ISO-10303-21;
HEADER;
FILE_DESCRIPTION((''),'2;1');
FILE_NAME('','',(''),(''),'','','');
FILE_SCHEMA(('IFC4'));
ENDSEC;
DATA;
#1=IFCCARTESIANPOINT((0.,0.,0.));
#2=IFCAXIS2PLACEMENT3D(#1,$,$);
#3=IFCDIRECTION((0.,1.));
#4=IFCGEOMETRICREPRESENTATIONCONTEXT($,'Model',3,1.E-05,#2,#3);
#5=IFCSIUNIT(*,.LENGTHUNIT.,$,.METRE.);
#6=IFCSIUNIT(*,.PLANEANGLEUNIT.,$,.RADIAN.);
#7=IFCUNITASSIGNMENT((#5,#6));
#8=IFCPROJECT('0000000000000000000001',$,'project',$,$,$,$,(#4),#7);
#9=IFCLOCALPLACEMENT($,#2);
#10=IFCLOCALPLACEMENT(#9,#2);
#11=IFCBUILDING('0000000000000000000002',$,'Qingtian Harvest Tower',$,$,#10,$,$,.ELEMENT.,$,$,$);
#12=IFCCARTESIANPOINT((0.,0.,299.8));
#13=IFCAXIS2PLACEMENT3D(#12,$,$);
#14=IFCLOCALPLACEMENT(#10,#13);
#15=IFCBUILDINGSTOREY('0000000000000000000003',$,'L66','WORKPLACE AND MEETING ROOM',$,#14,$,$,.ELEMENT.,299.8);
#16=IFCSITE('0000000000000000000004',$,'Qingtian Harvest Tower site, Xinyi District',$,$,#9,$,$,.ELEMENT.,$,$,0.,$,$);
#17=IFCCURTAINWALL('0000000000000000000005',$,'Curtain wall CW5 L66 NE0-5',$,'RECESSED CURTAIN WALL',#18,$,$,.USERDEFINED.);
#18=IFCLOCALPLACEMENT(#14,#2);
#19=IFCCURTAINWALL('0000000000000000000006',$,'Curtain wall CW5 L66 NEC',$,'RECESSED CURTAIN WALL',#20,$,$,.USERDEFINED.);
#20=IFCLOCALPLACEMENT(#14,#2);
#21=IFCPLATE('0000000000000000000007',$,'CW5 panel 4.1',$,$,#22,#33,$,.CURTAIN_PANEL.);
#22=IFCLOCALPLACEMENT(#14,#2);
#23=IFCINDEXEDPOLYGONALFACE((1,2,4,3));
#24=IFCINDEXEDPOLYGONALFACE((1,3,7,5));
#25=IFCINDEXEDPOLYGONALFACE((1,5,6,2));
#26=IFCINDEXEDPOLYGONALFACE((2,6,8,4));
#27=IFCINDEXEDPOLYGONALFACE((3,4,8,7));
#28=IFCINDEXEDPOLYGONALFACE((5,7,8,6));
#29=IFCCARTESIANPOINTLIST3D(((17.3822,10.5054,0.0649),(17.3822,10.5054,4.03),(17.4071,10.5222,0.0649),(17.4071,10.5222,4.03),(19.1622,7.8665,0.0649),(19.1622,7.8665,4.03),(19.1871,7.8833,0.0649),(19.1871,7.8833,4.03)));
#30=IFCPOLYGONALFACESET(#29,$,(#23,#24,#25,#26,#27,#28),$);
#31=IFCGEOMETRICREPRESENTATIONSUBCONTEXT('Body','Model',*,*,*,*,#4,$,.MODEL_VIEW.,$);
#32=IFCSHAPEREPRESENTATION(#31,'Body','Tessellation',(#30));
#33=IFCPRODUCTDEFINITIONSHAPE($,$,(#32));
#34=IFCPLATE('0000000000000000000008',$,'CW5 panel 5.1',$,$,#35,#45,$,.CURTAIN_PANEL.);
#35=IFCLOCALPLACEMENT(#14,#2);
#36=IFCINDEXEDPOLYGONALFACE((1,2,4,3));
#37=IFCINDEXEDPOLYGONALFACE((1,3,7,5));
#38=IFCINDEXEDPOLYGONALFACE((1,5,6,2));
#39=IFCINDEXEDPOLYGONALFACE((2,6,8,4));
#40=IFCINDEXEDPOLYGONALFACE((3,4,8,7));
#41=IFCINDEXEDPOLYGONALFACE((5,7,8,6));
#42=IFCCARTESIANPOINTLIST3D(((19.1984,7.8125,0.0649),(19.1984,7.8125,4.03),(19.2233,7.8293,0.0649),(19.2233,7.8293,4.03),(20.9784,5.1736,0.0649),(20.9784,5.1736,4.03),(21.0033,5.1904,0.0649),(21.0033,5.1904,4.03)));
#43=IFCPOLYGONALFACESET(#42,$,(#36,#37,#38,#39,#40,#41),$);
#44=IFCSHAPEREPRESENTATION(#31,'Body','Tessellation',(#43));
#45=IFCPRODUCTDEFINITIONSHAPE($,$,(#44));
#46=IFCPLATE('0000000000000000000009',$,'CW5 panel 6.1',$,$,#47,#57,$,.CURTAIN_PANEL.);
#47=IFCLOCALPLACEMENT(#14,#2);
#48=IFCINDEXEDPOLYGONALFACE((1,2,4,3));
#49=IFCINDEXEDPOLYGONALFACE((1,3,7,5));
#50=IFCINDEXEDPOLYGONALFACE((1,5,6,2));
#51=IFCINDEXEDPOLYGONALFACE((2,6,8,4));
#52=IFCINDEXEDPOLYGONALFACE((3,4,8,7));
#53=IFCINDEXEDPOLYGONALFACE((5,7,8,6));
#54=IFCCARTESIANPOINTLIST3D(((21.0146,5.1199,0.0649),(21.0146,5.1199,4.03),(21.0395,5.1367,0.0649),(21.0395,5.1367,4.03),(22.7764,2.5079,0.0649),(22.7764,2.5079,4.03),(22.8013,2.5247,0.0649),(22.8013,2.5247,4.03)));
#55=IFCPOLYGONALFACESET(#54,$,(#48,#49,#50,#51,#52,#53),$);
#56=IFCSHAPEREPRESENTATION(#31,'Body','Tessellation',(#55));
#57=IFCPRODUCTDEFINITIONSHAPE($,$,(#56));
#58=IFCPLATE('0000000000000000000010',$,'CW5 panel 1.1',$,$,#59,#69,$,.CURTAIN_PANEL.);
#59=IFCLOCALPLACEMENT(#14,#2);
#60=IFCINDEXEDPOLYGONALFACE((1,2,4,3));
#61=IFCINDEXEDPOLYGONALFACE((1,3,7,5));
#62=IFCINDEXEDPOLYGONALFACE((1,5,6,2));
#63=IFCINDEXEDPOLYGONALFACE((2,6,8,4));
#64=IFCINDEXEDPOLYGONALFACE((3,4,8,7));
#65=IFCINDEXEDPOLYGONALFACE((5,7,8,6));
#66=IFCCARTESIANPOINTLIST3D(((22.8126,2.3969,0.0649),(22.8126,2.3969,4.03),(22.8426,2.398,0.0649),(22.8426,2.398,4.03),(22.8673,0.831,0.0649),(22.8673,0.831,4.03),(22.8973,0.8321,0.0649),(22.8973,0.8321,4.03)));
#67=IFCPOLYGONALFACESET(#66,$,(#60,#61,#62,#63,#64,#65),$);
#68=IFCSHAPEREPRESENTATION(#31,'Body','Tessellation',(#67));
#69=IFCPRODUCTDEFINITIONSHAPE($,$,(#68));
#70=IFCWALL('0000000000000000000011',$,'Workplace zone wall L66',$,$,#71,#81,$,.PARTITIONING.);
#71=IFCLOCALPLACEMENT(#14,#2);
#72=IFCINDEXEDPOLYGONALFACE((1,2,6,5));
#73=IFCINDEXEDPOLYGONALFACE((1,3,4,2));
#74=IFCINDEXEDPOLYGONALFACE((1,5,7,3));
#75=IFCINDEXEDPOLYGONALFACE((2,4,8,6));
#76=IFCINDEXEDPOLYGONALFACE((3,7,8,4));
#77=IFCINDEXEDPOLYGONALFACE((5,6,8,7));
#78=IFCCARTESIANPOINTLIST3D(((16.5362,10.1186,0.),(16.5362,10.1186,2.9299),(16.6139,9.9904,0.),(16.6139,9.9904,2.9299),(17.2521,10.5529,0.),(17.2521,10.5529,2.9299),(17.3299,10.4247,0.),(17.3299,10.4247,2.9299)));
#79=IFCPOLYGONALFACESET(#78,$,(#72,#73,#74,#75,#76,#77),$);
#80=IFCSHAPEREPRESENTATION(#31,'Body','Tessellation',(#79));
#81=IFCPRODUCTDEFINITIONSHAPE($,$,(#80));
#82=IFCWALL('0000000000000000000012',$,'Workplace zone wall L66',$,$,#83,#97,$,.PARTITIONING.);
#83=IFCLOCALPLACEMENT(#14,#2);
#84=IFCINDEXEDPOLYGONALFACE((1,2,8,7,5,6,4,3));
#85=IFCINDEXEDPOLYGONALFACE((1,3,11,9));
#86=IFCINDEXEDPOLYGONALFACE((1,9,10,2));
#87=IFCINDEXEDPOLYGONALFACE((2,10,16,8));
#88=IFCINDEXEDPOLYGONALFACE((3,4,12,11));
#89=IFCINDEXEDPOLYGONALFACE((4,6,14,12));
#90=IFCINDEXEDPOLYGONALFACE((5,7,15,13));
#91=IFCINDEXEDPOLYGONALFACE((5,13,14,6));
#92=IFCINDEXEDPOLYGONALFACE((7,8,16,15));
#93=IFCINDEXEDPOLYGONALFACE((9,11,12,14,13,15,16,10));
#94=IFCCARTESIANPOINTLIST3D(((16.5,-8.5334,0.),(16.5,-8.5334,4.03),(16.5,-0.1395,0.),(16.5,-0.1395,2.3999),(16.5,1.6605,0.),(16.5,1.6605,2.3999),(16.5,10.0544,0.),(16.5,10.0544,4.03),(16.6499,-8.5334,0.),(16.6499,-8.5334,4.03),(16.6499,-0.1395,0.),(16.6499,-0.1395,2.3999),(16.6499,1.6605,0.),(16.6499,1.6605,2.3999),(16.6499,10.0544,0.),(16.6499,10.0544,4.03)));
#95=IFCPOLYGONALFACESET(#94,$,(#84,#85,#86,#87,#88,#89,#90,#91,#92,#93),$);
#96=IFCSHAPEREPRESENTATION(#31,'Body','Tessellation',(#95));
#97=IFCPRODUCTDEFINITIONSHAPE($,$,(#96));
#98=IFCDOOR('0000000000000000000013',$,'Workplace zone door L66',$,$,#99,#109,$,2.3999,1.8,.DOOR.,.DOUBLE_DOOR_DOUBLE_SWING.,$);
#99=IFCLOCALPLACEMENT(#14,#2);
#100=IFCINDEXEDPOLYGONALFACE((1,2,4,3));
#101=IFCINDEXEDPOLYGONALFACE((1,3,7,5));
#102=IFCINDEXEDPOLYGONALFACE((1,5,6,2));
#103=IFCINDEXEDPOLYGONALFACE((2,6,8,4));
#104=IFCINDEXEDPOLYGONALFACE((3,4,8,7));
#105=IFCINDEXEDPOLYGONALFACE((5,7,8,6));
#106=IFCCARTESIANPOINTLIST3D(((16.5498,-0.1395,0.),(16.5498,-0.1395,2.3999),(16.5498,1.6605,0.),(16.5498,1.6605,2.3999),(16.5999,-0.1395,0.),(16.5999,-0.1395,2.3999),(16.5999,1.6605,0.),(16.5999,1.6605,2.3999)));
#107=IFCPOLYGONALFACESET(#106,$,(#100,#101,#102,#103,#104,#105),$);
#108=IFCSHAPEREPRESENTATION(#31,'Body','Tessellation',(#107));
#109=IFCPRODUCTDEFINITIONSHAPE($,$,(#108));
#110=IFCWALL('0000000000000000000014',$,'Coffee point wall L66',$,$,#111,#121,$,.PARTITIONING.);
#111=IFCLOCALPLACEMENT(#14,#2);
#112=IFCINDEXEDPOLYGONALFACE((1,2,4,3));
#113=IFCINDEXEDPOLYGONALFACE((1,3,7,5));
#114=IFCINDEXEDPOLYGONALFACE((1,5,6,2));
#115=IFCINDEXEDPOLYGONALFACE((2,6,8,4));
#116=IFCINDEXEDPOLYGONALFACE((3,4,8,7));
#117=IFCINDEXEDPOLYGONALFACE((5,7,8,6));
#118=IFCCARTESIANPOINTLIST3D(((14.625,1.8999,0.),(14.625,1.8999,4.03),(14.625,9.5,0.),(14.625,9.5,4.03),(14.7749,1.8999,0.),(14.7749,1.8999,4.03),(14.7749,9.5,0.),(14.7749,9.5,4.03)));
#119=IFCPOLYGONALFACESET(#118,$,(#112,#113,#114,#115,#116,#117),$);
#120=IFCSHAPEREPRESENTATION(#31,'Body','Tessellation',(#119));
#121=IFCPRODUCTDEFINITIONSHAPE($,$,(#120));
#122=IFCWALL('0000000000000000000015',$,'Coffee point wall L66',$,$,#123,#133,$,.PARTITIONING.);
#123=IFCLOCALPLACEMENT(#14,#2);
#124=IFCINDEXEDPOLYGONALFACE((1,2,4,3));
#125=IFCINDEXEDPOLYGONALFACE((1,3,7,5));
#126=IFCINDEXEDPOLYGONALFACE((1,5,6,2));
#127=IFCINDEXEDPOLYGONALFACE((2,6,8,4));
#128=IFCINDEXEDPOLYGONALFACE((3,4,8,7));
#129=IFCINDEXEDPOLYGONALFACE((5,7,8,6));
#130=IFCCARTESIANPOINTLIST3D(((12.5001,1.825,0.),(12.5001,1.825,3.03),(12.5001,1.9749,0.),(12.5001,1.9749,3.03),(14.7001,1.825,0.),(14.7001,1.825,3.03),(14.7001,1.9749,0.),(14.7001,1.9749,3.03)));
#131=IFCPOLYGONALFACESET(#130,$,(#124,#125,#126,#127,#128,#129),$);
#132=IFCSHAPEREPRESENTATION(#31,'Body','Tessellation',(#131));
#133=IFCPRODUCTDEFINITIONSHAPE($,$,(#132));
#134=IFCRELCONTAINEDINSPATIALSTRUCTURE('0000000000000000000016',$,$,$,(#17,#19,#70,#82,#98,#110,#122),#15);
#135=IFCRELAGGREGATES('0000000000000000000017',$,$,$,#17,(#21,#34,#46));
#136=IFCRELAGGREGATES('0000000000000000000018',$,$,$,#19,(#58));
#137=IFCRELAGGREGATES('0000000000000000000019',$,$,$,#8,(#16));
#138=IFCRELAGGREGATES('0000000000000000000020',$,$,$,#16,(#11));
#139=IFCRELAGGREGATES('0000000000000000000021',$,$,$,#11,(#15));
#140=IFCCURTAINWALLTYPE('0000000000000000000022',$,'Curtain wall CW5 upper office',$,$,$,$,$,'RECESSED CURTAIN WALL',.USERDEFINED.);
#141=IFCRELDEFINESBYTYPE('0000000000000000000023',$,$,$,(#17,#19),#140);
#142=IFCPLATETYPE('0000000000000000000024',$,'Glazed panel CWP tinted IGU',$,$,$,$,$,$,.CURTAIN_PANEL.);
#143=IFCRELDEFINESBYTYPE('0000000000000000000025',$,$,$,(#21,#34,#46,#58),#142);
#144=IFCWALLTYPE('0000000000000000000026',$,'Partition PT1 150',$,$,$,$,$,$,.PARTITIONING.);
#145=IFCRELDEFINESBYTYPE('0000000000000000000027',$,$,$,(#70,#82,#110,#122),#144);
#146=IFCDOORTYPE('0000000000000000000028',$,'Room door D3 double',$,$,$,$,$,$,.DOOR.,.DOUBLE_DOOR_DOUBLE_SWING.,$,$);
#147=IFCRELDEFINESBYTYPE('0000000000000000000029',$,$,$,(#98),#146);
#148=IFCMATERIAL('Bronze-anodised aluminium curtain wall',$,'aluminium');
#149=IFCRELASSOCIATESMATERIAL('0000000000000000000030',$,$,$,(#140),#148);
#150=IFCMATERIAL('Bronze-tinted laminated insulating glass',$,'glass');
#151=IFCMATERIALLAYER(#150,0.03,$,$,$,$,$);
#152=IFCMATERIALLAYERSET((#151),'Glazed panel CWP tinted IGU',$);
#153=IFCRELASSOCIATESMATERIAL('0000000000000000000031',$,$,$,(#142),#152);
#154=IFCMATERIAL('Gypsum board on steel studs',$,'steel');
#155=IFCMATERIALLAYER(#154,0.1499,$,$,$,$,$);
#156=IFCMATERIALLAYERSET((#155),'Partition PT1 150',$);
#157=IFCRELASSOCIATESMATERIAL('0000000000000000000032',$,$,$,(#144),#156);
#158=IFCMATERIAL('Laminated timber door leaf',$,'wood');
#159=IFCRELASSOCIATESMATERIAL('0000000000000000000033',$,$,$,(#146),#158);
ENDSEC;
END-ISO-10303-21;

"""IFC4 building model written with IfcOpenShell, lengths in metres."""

from ifc_helpers import new_model, si_unit, direction, frame, frame_2d, origin, origin_2d, place, context, subcontext, project, spatial, rectangle, extrude, material, layer, layer_set, type_object, element, fill, aggregate, save


model = new_model("IFC4")

# Units and contexts
model_context = context("Model", 3, precision=1e-05, world=origin(), true_north=direction((0.0, 1.0)))
body_context = subcontext(model_context, "Body", "Model", "MODEL_VIEW")
ifc_project = project(units=[si_unit("LENGTHUNIT", "METRE"), si_unit("PLANEANGLEUNIT", "RADIAN")], contexts=[model_context])

# Site, building, storey
site_placement = place(None, origin())
site = spatial("IfcSite", under=ifc_project, at=site_placement, Name="Qingtian Harvest Tower site, Xinyi District", CompositionType="ELEMENT", RefElevation=0.0)
building_placement = place(site_placement, origin())
building = spatial("IfcBuilding", under=site, at=building_placement, Name="Qingtian Harvest Tower", CompositionType="ELEMENT")
storey_placement = place(building_placement, frame((0.0, 0.0, 299.8)))
storey = spatial("IfcBuildingStorey", under=building, at=storey_placement, Name="L66", Description="WORKPLACE AND MEETING ROOM", CompositionType="ELEMENT", Elevation=299.8)

# Curtain walls
ifc_material_1 = material(Name="Bronze-anodised aluminium curtain wall", Category="aluminium")
curtain_wall_type = type_object("IfcCurtainWallType", Name="Curtain wall CW5 upper office", ElementType="RECESSED CURTAIN WALL", PredefinedType="USERDEFINED", material=ifc_material_1)
curtain_wall_1_placement = place(storey_placement, origin())
curtain_wall_1 = element("IfcCurtainWall", 1, at=curtain_wall_1_placement, inside=storey, type_object=curtain_wall_type, Name="Curtain wall CW5 L66 NE0-5", ObjectType="RECESSED CURTAIN WALL", PredefinedType="USERDEFINED")
curtain_wall_2_placement = place(storey_placement, origin())
curtain_wall_2 = element("IfcCurtainWall", 2, at=curtain_wall_2_placement, inside=storey, type_object=curtain_wall_type, Name="Curtain wall CW5 L66 NEC", ObjectType="RECESSED CURTAIN WALL", PredefinedType="USERDEFINED")

# Plates
ifc_material_2 = material(Name="Bronze-tinted laminated insulating glass", Category="glass")
ifc_layer_1 = layer(ifc_material_2, 0.03)
ifc_layer_set_1 = layer_set([ifc_layer_1], Name="Glazed panel CWP tinted IGU")
plate_type = type_object("IfcPlateType", Name="Glazed panel CWP tinted IGU", PredefinedType="CURTAIN_PANEL", material=ifc_layer_set_1)
plate_1_placement = place(storey_placement, frame((18.2847, 9.1943, 0.0649), z_axis=(0.0, 0.0, 1.0), x_axis=(0.559193, -0.829038, 0.0)))
plate_1 = element("IfcPlate", 3, at=plate_1_placement, type_object=plate_type, Name="CW5 panel 4.1", PredefinedType="CURTAIN_PANEL", context=body_context, shape_type="SweptSolid", body=[
    extrude(rectangle(XDim=3.1831, YDim=0.03, at=origin_2d()), origin(), (0.0, 0.0, 1.0), 3.9651),
])
plate_2_placement = place(storey_placement, frame((20.1008, 6.5015, 0.0649), z_axis=(0.0, 0.0, 1.0), x_axis=(0.559193, -0.829038, 0.0)))
plate_2 = element("IfcPlate", 4, at=plate_2_placement, type_object=plate_type, Name="CW5 panel 5.1", PredefinedType="CURTAIN_PANEL", context=body_context, shape_type="SweptSolid", body=[
    extrude(rectangle(XDim=3.1831, YDim=0.03, at=origin_2d()), origin(), (0.0, 0.0, 1.0), 3.9651),
])
plate_3_placement = place(storey_placement, frame((21.908, 3.8223, 0.0649), z_axis=(0.0, 0.0, 1.0), x_axis=(0.559193, -0.829038, 0.0)))
plate_3 = element("IfcPlate", 5, at=plate_3_placement, type_object=plate_type, Name="CW5 panel 6.1", PredefinedType="CURTAIN_PANEL", context=body_context, shape_type="SweptSolid", body=[
    extrude(rectangle(XDim=3.1506, YDim=0.03, at=origin_2d()), origin(), (0.0, 0.0, 1.0), 3.9651),
])
aggregate(curtain_wall_1, [plate_1, plate_2, plate_3])
plate_4_placement = place(storey_placement, frame((22.855, 1.6145, 0.0649), z_axis=(0.0, 0.0, 1.0), x_axis=(0.034899, -0.999391, 0.0)))
plate_4 = element("IfcPlate", 6, at=plate_4_placement, type_object=plate_type, Name="CW5 panel 1.1", PredefinedType="CURTAIN_PANEL", context=body_context, shape_type="SweptSolid", body=[
    extrude(rectangle(XDim=1.5669, YDim=0.03, at=origin_2d()), origin(), (0.0, 0.0, 1.0), 3.9651),
])
aggregate(curtain_wall_2, [plate_4])

# Wall
ifc_material_3 = material(Name="Gypsum board on steel studs", Category="steel")
ifc_layer_2 = layer(ifc_material_3, 0.1499)
ifc_layer_set_2 = layer_set([ifc_layer_2], Name="Partition PT1 150")
wall_type = type_object("IfcWallType", Name="Partition PT1 150", PredefinedType="PARTITIONING", material=ifc_layer_set_2)
wall_1_placement = place(storey_placement, frame((17.291, 10.4888, 0.0), z_axis=(0.0, 0.0, 1.0), x_axis=(-0.855014, -0.518605, 0.0)))
element("IfcWall", 7, at=wall_1_placement, inside=storey, type_object=wall_type, Name="Workplace zone wall L66", PredefinedType="PARTITIONING", context=body_context, shape_type="SweptSolid", body=[
    extrude(rectangle(XDim=0.8374, YDim=0.1499, at=frame_2d((0.4187, 0.0))), origin(), (0.0, 0.0, 1.0), 2.9299),
])

# Wall, opening, door
wall_2_placement = place(storey_placement, frame((16.575, 10.0544, 0.0), z_axis=(0.0, 0.0, 1.0), x_axis=(0.0, -1.0, 0.0)))
wall_2 = element("IfcWall", 8, at=wall_2_placement, inside=storey, type_object=wall_type, Name="Workplace zone wall L66", PredefinedType="PARTITIONING", context=body_context, shape_type="SweptSolid", body=[
    extrude(rectangle(XDim=18.5879, YDim=0.1499, at=frame_2d((9.2939, 0.0))), origin(), (0.0, 0.0, 1.0), 4.03),
])
opening_placement = place(wall_2_placement, frame((8.394, 0.0, 0.0)))
opening = element("IfcOpeningElement", 9, at=opening_placement, cuts=wall_2, PredefinedType="OPENING", context=body_context, shape_type="SweptSolid", body=[
    extrude(rectangle(XDim=1.8, YDim=2.3999, at=frame_2d((0.8999, 1.2))), frame((0.0, 0.085, 0.0), z_axis=(0.0, -1.0, 0.0), x_axis=(1.0, 0.0, 0.0)), (0.0, 0.0, 1.0), 0.1699),
])
ifc_material_4 = material(Name="Laminated timber door leaf", Category="wood")
door_type = type_object("IfcDoorType", Name="Room door D3 double", OperationType="DOUBLE_DOOR_DOUBLE_SWING", PredefinedType="DOOR", material=ifc_material_4)
door_placement = place(opening_placement, origin())
door = element("IfcDoor", 10, at=door_placement, inside=storey, type_object=door_type, Name="Workplace zone door L66", OperationType="DOUBLE_DOOR_DOUBLE_SWING", OverallHeight=2.3999, OverallWidth=1.8, PredefinedType="DOOR", context=body_context, shape_type="SweptSolid", body=[
    extrude(rectangle(XDim=1.8, YDim=2.3999, at=frame_2d((0.8999, 1.2))), frame((0.0, 0.0249, 0.0), z_axis=(0.0, -1.0, 0.0), x_axis=(1.0, 0.0, 0.0)), (0.0, 0.0, 1.0), 0.05),
])
fill(opening, door)

# Walls
wall_3_placement = place(storey_placement, frame((14.7, 1.8999, 0.0), z_axis=(0.0, 0.0, 1.0), x_axis=(0.0, 1.0, 0.0)))
element("IfcWall", 11, at=wall_3_placement, inside=storey, type_object=wall_type, Name="Coffee point wall L66", PredefinedType="PARTITIONING", context=body_context, shape_type="SweptSolid", body=[
    extrude(rectangle(XDim=7.6001, YDim=0.1499, at=frame_2d((3.8, 0.0))), origin(), (0.0, 0.0, 1.0), 4.03),
])
wall_4_placement = place(storey_placement, frame((12.5, 1.8999, 0.0), z_axis=(0.0, 0.0, 1.0), x_axis=(1.0, 0.0, 0.0)))
element("IfcWall", 12, at=wall_4_placement, inside=storey, type_object=wall_type, Name="Coffee point wall L66", PredefinedType="PARTITIONING", context=body_context, shape_type="SweptSolid", body=[
    extrude(rectangle(XDim=2.2, YDim=0.1499, at=frame_2d((1.1001, 0.0))), origin(), (0.0, 0.0, 1.0), 3.03),
])

save(model, "model.ifc")
